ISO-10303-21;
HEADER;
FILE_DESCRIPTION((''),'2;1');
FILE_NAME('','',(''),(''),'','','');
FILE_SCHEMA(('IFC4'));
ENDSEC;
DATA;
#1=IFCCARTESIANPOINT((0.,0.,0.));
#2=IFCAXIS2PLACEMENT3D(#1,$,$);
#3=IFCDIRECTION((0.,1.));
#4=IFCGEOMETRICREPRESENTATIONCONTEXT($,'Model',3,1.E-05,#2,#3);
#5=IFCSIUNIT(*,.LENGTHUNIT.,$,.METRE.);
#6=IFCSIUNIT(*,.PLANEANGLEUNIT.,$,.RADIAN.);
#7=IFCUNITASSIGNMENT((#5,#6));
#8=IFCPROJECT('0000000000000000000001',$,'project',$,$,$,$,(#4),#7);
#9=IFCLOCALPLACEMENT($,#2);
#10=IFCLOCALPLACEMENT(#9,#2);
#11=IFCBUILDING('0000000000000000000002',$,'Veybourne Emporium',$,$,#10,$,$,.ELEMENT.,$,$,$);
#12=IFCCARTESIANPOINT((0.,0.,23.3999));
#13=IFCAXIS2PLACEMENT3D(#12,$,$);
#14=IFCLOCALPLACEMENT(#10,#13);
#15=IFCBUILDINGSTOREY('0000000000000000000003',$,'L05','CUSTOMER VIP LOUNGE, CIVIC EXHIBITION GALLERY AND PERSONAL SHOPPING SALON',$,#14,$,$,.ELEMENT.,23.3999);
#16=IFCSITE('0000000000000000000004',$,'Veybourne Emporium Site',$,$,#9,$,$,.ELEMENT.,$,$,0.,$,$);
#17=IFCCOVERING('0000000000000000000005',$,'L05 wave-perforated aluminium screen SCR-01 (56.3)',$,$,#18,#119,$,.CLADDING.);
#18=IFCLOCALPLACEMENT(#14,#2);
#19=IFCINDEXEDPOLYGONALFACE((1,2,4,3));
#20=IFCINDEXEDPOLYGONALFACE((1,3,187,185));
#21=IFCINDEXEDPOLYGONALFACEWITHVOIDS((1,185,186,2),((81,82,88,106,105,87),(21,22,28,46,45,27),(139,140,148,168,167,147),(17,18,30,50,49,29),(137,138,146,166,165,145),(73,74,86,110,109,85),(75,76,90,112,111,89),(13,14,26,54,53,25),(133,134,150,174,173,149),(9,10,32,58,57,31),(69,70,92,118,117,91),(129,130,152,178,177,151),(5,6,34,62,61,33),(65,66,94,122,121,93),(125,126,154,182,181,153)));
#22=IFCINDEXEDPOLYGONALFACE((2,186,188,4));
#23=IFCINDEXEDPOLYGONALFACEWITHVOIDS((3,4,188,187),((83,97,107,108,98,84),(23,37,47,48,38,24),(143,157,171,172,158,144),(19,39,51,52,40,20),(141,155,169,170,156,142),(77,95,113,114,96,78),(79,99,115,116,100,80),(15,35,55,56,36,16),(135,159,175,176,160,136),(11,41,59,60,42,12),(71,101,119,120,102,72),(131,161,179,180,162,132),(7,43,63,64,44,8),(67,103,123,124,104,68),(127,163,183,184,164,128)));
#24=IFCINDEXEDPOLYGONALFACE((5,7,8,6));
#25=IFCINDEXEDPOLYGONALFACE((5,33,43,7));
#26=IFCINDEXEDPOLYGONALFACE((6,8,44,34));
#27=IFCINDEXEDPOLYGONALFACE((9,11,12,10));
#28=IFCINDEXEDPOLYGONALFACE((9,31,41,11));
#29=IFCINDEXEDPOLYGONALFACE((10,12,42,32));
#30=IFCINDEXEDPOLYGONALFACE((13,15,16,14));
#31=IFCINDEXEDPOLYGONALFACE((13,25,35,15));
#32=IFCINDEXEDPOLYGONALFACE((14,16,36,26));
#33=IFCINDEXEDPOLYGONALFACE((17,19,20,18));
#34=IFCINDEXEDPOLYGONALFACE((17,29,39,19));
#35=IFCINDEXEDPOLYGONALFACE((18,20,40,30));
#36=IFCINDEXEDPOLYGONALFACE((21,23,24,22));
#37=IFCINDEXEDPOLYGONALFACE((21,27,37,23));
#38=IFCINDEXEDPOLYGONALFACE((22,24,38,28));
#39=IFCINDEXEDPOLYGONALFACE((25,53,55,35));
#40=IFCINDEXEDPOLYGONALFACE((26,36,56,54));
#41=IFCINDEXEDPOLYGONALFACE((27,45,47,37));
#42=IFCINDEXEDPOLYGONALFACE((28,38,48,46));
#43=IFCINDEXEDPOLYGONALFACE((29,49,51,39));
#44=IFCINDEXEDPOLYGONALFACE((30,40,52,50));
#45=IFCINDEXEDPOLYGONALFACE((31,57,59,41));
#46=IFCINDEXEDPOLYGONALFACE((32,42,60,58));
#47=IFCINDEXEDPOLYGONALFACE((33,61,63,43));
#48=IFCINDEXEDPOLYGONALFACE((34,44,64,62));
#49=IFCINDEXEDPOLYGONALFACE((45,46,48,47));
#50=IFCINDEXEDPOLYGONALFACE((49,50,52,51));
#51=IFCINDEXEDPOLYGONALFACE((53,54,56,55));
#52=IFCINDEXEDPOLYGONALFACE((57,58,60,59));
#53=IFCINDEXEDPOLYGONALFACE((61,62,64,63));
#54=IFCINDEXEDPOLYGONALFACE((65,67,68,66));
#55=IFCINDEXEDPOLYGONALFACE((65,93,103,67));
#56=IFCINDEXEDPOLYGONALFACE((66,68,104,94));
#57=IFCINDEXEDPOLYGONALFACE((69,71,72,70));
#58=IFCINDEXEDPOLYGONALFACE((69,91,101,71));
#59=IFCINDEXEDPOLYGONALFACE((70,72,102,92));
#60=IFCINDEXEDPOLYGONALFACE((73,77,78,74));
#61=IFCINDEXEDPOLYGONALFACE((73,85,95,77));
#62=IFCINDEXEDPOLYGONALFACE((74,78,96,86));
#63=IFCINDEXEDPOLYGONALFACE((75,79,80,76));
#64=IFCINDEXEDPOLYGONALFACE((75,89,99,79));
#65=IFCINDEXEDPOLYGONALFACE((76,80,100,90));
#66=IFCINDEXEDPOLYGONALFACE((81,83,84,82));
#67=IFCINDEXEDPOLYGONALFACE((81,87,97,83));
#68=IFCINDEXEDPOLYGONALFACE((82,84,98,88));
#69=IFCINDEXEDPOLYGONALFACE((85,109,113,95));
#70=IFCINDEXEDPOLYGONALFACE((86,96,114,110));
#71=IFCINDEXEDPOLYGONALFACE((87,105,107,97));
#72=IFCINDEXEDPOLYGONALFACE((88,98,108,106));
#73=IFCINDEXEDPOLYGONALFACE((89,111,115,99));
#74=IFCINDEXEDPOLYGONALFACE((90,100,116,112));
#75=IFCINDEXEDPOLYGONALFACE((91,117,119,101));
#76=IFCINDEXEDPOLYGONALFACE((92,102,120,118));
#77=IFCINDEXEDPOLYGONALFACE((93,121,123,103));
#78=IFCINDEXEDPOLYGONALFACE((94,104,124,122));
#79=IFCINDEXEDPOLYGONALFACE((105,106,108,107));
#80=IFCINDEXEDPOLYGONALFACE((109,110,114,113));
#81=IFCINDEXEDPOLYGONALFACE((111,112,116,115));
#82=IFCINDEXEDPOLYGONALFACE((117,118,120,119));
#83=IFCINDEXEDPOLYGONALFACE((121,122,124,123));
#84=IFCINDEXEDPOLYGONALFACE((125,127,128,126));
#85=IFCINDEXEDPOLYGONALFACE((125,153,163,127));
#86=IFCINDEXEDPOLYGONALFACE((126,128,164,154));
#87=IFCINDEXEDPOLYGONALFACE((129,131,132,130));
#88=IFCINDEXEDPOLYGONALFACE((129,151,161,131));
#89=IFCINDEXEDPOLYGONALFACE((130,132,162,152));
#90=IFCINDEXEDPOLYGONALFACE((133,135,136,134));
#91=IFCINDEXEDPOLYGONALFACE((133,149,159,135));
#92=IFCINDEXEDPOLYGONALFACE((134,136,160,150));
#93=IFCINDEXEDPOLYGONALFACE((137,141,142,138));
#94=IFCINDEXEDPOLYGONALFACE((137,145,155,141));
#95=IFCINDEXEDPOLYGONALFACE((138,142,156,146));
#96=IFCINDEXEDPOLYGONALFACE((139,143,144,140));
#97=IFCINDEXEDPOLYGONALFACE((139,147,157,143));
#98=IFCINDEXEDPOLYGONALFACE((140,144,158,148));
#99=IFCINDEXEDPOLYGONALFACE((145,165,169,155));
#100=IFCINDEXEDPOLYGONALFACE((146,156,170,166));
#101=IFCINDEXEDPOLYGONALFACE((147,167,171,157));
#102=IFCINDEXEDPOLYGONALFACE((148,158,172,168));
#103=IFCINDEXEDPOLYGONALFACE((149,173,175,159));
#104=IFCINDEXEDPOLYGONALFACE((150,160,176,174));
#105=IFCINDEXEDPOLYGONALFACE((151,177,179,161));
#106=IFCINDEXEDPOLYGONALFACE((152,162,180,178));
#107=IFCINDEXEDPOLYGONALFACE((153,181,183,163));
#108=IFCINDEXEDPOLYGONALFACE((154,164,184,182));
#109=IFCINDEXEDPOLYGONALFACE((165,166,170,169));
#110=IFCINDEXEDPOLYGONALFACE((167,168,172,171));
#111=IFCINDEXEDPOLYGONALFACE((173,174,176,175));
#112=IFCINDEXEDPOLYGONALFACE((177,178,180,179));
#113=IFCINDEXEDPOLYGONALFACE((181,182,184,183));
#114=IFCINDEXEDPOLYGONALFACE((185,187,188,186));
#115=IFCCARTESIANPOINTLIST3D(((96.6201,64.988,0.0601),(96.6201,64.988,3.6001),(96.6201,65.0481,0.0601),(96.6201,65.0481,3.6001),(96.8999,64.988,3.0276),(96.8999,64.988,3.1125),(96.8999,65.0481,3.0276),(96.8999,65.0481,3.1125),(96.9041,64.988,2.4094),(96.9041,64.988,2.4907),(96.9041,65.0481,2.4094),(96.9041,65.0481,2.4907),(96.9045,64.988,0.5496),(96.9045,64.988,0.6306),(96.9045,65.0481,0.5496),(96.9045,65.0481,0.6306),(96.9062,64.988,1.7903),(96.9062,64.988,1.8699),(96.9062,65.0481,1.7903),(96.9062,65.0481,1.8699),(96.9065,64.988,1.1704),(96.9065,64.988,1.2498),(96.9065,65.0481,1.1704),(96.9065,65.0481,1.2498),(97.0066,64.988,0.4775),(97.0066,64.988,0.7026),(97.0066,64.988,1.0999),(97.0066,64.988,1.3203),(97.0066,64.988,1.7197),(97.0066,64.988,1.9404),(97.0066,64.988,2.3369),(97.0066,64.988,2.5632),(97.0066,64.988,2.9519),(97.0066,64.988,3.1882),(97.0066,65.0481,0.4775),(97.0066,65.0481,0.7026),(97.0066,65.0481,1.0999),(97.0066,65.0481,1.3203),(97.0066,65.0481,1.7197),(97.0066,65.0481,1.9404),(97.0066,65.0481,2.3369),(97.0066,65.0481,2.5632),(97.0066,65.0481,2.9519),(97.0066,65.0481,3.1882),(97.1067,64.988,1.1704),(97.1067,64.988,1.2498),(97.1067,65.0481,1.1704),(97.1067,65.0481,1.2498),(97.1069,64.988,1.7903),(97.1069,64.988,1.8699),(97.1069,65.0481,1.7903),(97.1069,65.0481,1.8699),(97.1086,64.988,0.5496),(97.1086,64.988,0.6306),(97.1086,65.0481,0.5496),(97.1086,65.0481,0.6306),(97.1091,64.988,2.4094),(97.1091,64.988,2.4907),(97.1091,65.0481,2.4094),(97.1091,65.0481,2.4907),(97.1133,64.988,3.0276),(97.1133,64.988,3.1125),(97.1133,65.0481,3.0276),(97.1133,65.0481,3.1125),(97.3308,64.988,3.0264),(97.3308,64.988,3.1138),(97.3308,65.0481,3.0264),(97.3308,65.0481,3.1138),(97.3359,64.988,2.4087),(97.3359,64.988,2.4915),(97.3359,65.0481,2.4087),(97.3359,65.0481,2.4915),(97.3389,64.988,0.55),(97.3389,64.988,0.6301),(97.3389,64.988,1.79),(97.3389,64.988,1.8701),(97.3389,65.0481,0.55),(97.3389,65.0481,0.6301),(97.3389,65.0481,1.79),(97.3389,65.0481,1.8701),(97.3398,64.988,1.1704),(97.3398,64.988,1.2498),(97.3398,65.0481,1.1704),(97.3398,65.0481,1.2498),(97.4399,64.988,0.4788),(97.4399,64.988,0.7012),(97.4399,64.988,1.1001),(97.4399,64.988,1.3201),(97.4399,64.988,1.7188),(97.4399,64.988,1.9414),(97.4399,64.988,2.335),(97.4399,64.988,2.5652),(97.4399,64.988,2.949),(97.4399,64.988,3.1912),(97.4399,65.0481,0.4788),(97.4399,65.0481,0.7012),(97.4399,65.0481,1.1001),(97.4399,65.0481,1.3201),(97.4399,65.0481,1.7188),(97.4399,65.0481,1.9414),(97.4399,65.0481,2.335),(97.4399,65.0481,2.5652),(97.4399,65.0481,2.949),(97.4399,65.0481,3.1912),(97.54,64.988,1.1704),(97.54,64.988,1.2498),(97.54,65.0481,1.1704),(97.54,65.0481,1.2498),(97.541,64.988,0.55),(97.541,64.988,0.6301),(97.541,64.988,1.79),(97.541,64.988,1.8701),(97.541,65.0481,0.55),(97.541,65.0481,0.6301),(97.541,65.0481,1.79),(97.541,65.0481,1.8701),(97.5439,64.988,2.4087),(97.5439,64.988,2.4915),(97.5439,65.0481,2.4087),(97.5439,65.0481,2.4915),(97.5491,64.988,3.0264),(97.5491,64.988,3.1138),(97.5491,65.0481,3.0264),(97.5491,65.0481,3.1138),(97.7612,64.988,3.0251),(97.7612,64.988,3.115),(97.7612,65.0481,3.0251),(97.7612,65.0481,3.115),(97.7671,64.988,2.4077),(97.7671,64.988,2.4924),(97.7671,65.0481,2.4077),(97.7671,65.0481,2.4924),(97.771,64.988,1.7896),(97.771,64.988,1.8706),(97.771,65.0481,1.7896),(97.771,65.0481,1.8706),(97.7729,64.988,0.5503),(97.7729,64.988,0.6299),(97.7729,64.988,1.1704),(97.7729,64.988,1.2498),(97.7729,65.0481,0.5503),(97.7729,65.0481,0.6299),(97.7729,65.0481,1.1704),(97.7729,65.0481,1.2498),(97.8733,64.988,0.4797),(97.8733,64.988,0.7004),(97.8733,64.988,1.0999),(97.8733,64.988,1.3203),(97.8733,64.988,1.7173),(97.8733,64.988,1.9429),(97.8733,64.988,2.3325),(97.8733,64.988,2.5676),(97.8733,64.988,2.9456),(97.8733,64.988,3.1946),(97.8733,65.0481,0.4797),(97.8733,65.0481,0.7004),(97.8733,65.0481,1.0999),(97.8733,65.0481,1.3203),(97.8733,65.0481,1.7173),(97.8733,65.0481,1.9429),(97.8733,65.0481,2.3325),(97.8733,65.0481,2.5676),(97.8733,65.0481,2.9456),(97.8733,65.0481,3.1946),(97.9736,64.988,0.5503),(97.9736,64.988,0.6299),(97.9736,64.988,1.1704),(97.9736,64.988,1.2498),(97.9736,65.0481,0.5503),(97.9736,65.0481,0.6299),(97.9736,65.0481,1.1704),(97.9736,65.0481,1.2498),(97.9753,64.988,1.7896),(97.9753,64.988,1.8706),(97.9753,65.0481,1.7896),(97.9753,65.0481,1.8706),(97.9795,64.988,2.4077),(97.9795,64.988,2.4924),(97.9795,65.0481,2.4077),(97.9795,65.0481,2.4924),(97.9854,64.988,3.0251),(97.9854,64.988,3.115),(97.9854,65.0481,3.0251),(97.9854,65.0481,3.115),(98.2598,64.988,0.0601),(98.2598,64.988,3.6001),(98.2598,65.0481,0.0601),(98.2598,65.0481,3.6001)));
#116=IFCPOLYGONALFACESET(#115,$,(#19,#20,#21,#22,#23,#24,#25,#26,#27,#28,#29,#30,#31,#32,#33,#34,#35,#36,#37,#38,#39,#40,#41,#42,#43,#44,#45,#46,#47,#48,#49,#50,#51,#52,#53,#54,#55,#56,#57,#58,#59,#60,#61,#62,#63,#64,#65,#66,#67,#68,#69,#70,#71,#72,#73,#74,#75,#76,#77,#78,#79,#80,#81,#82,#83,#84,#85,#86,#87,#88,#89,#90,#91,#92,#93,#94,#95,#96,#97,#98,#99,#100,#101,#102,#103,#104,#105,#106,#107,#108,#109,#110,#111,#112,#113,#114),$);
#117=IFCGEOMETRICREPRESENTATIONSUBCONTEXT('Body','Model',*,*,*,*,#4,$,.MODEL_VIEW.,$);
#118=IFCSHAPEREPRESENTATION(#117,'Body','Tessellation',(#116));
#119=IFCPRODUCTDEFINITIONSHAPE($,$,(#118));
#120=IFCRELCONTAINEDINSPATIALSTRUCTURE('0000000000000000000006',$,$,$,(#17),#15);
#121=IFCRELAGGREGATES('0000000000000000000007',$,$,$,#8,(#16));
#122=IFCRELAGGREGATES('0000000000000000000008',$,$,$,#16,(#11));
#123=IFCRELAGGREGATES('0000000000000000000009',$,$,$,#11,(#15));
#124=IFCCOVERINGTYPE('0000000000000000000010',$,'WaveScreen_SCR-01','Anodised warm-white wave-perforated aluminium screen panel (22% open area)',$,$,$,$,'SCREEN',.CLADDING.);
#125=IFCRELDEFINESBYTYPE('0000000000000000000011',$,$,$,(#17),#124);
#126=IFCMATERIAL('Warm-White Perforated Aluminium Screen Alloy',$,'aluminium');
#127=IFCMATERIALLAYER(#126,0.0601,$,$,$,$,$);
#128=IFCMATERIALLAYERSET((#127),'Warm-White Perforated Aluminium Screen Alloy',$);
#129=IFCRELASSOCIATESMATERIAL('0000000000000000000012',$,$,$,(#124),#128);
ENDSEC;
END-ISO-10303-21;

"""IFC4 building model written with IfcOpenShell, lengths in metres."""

from ifc_helpers import new_model, si_unit, direction, frame, origin, place, context, subcontext, project, spatial, polyline, outline, extrude, material, layer, layer_set, type_object, element, save


model = new_model("IFC4")

# Units and contexts
model_context = context("Model", 3, precision=1e-05, world=origin(), true_north=direction((0.0, 1.0)))
body_context = subcontext(model_context, "Body", "Model", "MODEL_VIEW")
ifc_project = project(units=[si_unit("LENGTHUNIT", "METRE"), si_unit("PLANEANGLEUNIT", "RADIAN")], contexts=[model_context])

# Site, building, storey
site_placement = place(None, origin())
site = spatial("IfcSite", under=ifc_project, at=site_placement, Name="Veybourne Emporium Site", CompositionType="ELEMENT", RefElevation=0.0)
building_placement = place(site_placement, origin())
building = spatial("IfcBuilding", under=site, at=building_placement, Name="Veybourne Emporium", CompositionType="ELEMENT")
storey_placement = place(building_placement, frame((0.0, 0.0, 23.3999)))
storey = spatial("IfcBuildingStorey", under=building, at=storey_placement, Name="L05", Description="CUSTOMER VIP LOUNGE, CIVIC EXHIBITION GALLERY AND PERSONAL SHOPPING SALON", CompositionType="ELEMENT", Elevation=23.3999)

# Covering
ifc_material_1 = material(Name="Warm-White Perforated Aluminium Screen Alloy", Category="aluminium")
ifc_layer_1 = layer(ifc_material_1, 0.0601)
ifc_layer_set_1 = layer_set([ifc_layer_1], Name="Warm-White Perforated Aluminium Screen Alloy")
covering_type_1 = type_object("IfcCoveringType", Name="WaveScreen_SCR-01", Description="Anodised warm-white wave-perforated aluminium screen panel (22% open area)", ElementType="SCREEN", PredefinedType="CLADDING", material=ifc_layer_set_1)
covering_1_placement = place(storey_placement, frame((97.4399, 65.0481, 1.8301), z_axis=(0.0, -1.0, 0.0), x_axis=(1.0, 0.0, 0.0)))
element("IfcCovering", 1, at=covering_1_placement, inside=storey, type_object=covering_type_1, Name="L05 wave-perforated aluminium screen SCR-01 (56.3)", PredefinedType="CLADDING", context=body_context, shape_type="SweptSolid", body=[
    extrude(outline(polyline([(-0.8198, -1.77), (0.8198, -1.77), (0.8198, 1.77), (-0.8198, 1.77), (-0.8198, -1.77)]), holes=[polyline([(-0.4333, -1.1274), (-0.3313, -1.1995), (-0.3313, -1.2805), (-0.4333, -1.3525), (-0.5354, -1.2805), (-0.5354, -1.1995), (-0.4333, -1.1274)]), polyline([(-0.4333, -0.5098), (-0.3333, -0.5803), (-0.3333, -0.6597), (-0.4333, -0.7302), (-0.5334, -0.6597), (-0.5334, -0.5803), (-0.4333, -0.5098)]), polyline([(-0.4333, 0.1104), (-0.333, 0.0398), (-0.333, -0.0398), (-0.4333, -0.1104), (-0.5337, -0.0398), (-0.5337, 0.0398), (-0.4333, 0.1104)]), polyline([(-0.4333, 0.7332), (-0.3308, 0.6606), (-0.3308, 0.5793), (-0.4333, 0.5068), (-0.5359, 0.5793), (-0.5359, 0.6606), (-0.4333, 0.7332)]), polyline([(-0.4333, 1.3582), (-0.3267, 1.2825), (-0.3267, 1.1975), (-0.4333, 1.1218), (-0.54, 1.1975), (-0.54, 1.2825), (-0.4333, 1.3582)]), polyline([(0.0, -1.1289), (0.1011, -1.2), (0.1011, -1.28), (0.0, -1.3513), (-0.1011, -1.28), (-0.1011, -1.2), (0.0, -1.1289)]), polyline([(0.0, -0.51), (0.1001, -0.5803), (0.1001, -0.6597), (0.0, -0.73), (-0.1001, -0.6597), (-0.1001, -0.5803), (0.0, -0.51)]), polyline([(0.0, 0.1113), (0.1011, 0.04), (0.1011, -0.04), (0.0, -0.1113), (-0.1011, -0.04), (-0.1011, 0.04), (0.0, 0.1113)]), polyline([(0.0, 0.7351), (0.104, 0.6614), (0.104, 0.5786), (0.0, 0.5049), (-0.104, 0.5786), (-0.104, 0.6614), (0.0, 0.7351)]), polyline([(0.0, 1.3611), (0.1091, 1.2837), (0.1091, 1.1963), (0.0, 1.1189), (-0.1091, 1.1963), (-0.1091, 1.2837), (0.0, 1.3611)]), polyline([(0.4333, -1.1296), (0.5337, -1.2002), (0.5337, -1.2798), (0.4333, -1.3503), (0.333, -1.2798), (0.333, -1.2002), (0.4333, -1.1296)]), polyline([(0.4333, -0.5098), (0.5337, -0.5803), (0.5337, -0.6597), (0.4333, -0.7302), (0.333, -0.6597), (0.333, -0.5803), (0.4333, -0.5098)]), polyline([(0.4333, 0.1128), (0.5354, 0.0405), (0.5354, -0.0405), (0.4333, -0.1128), (0.3311, -0.0405), (0.3311, 0.0405), (0.4333, 0.1128)]), polyline([(0.4333, 0.7375), (0.5396, 0.6624), (0.5396, 0.5776), (0.4333, 0.5024), (0.3271, 0.5776), (0.3271, 0.6624), (0.4333, 0.7375)]), polyline([(0.4333, 1.3645), (0.5454, 1.2849), (0.5454, 1.1951), (0.4333, 1.1155), (0.3213, 1.1951), (0.3213, 1.2849), (0.4333, 1.3645)])]), origin(), (0.0, 0.0, 1.0), 0.0601),
])

save(model, "model.ifc")
